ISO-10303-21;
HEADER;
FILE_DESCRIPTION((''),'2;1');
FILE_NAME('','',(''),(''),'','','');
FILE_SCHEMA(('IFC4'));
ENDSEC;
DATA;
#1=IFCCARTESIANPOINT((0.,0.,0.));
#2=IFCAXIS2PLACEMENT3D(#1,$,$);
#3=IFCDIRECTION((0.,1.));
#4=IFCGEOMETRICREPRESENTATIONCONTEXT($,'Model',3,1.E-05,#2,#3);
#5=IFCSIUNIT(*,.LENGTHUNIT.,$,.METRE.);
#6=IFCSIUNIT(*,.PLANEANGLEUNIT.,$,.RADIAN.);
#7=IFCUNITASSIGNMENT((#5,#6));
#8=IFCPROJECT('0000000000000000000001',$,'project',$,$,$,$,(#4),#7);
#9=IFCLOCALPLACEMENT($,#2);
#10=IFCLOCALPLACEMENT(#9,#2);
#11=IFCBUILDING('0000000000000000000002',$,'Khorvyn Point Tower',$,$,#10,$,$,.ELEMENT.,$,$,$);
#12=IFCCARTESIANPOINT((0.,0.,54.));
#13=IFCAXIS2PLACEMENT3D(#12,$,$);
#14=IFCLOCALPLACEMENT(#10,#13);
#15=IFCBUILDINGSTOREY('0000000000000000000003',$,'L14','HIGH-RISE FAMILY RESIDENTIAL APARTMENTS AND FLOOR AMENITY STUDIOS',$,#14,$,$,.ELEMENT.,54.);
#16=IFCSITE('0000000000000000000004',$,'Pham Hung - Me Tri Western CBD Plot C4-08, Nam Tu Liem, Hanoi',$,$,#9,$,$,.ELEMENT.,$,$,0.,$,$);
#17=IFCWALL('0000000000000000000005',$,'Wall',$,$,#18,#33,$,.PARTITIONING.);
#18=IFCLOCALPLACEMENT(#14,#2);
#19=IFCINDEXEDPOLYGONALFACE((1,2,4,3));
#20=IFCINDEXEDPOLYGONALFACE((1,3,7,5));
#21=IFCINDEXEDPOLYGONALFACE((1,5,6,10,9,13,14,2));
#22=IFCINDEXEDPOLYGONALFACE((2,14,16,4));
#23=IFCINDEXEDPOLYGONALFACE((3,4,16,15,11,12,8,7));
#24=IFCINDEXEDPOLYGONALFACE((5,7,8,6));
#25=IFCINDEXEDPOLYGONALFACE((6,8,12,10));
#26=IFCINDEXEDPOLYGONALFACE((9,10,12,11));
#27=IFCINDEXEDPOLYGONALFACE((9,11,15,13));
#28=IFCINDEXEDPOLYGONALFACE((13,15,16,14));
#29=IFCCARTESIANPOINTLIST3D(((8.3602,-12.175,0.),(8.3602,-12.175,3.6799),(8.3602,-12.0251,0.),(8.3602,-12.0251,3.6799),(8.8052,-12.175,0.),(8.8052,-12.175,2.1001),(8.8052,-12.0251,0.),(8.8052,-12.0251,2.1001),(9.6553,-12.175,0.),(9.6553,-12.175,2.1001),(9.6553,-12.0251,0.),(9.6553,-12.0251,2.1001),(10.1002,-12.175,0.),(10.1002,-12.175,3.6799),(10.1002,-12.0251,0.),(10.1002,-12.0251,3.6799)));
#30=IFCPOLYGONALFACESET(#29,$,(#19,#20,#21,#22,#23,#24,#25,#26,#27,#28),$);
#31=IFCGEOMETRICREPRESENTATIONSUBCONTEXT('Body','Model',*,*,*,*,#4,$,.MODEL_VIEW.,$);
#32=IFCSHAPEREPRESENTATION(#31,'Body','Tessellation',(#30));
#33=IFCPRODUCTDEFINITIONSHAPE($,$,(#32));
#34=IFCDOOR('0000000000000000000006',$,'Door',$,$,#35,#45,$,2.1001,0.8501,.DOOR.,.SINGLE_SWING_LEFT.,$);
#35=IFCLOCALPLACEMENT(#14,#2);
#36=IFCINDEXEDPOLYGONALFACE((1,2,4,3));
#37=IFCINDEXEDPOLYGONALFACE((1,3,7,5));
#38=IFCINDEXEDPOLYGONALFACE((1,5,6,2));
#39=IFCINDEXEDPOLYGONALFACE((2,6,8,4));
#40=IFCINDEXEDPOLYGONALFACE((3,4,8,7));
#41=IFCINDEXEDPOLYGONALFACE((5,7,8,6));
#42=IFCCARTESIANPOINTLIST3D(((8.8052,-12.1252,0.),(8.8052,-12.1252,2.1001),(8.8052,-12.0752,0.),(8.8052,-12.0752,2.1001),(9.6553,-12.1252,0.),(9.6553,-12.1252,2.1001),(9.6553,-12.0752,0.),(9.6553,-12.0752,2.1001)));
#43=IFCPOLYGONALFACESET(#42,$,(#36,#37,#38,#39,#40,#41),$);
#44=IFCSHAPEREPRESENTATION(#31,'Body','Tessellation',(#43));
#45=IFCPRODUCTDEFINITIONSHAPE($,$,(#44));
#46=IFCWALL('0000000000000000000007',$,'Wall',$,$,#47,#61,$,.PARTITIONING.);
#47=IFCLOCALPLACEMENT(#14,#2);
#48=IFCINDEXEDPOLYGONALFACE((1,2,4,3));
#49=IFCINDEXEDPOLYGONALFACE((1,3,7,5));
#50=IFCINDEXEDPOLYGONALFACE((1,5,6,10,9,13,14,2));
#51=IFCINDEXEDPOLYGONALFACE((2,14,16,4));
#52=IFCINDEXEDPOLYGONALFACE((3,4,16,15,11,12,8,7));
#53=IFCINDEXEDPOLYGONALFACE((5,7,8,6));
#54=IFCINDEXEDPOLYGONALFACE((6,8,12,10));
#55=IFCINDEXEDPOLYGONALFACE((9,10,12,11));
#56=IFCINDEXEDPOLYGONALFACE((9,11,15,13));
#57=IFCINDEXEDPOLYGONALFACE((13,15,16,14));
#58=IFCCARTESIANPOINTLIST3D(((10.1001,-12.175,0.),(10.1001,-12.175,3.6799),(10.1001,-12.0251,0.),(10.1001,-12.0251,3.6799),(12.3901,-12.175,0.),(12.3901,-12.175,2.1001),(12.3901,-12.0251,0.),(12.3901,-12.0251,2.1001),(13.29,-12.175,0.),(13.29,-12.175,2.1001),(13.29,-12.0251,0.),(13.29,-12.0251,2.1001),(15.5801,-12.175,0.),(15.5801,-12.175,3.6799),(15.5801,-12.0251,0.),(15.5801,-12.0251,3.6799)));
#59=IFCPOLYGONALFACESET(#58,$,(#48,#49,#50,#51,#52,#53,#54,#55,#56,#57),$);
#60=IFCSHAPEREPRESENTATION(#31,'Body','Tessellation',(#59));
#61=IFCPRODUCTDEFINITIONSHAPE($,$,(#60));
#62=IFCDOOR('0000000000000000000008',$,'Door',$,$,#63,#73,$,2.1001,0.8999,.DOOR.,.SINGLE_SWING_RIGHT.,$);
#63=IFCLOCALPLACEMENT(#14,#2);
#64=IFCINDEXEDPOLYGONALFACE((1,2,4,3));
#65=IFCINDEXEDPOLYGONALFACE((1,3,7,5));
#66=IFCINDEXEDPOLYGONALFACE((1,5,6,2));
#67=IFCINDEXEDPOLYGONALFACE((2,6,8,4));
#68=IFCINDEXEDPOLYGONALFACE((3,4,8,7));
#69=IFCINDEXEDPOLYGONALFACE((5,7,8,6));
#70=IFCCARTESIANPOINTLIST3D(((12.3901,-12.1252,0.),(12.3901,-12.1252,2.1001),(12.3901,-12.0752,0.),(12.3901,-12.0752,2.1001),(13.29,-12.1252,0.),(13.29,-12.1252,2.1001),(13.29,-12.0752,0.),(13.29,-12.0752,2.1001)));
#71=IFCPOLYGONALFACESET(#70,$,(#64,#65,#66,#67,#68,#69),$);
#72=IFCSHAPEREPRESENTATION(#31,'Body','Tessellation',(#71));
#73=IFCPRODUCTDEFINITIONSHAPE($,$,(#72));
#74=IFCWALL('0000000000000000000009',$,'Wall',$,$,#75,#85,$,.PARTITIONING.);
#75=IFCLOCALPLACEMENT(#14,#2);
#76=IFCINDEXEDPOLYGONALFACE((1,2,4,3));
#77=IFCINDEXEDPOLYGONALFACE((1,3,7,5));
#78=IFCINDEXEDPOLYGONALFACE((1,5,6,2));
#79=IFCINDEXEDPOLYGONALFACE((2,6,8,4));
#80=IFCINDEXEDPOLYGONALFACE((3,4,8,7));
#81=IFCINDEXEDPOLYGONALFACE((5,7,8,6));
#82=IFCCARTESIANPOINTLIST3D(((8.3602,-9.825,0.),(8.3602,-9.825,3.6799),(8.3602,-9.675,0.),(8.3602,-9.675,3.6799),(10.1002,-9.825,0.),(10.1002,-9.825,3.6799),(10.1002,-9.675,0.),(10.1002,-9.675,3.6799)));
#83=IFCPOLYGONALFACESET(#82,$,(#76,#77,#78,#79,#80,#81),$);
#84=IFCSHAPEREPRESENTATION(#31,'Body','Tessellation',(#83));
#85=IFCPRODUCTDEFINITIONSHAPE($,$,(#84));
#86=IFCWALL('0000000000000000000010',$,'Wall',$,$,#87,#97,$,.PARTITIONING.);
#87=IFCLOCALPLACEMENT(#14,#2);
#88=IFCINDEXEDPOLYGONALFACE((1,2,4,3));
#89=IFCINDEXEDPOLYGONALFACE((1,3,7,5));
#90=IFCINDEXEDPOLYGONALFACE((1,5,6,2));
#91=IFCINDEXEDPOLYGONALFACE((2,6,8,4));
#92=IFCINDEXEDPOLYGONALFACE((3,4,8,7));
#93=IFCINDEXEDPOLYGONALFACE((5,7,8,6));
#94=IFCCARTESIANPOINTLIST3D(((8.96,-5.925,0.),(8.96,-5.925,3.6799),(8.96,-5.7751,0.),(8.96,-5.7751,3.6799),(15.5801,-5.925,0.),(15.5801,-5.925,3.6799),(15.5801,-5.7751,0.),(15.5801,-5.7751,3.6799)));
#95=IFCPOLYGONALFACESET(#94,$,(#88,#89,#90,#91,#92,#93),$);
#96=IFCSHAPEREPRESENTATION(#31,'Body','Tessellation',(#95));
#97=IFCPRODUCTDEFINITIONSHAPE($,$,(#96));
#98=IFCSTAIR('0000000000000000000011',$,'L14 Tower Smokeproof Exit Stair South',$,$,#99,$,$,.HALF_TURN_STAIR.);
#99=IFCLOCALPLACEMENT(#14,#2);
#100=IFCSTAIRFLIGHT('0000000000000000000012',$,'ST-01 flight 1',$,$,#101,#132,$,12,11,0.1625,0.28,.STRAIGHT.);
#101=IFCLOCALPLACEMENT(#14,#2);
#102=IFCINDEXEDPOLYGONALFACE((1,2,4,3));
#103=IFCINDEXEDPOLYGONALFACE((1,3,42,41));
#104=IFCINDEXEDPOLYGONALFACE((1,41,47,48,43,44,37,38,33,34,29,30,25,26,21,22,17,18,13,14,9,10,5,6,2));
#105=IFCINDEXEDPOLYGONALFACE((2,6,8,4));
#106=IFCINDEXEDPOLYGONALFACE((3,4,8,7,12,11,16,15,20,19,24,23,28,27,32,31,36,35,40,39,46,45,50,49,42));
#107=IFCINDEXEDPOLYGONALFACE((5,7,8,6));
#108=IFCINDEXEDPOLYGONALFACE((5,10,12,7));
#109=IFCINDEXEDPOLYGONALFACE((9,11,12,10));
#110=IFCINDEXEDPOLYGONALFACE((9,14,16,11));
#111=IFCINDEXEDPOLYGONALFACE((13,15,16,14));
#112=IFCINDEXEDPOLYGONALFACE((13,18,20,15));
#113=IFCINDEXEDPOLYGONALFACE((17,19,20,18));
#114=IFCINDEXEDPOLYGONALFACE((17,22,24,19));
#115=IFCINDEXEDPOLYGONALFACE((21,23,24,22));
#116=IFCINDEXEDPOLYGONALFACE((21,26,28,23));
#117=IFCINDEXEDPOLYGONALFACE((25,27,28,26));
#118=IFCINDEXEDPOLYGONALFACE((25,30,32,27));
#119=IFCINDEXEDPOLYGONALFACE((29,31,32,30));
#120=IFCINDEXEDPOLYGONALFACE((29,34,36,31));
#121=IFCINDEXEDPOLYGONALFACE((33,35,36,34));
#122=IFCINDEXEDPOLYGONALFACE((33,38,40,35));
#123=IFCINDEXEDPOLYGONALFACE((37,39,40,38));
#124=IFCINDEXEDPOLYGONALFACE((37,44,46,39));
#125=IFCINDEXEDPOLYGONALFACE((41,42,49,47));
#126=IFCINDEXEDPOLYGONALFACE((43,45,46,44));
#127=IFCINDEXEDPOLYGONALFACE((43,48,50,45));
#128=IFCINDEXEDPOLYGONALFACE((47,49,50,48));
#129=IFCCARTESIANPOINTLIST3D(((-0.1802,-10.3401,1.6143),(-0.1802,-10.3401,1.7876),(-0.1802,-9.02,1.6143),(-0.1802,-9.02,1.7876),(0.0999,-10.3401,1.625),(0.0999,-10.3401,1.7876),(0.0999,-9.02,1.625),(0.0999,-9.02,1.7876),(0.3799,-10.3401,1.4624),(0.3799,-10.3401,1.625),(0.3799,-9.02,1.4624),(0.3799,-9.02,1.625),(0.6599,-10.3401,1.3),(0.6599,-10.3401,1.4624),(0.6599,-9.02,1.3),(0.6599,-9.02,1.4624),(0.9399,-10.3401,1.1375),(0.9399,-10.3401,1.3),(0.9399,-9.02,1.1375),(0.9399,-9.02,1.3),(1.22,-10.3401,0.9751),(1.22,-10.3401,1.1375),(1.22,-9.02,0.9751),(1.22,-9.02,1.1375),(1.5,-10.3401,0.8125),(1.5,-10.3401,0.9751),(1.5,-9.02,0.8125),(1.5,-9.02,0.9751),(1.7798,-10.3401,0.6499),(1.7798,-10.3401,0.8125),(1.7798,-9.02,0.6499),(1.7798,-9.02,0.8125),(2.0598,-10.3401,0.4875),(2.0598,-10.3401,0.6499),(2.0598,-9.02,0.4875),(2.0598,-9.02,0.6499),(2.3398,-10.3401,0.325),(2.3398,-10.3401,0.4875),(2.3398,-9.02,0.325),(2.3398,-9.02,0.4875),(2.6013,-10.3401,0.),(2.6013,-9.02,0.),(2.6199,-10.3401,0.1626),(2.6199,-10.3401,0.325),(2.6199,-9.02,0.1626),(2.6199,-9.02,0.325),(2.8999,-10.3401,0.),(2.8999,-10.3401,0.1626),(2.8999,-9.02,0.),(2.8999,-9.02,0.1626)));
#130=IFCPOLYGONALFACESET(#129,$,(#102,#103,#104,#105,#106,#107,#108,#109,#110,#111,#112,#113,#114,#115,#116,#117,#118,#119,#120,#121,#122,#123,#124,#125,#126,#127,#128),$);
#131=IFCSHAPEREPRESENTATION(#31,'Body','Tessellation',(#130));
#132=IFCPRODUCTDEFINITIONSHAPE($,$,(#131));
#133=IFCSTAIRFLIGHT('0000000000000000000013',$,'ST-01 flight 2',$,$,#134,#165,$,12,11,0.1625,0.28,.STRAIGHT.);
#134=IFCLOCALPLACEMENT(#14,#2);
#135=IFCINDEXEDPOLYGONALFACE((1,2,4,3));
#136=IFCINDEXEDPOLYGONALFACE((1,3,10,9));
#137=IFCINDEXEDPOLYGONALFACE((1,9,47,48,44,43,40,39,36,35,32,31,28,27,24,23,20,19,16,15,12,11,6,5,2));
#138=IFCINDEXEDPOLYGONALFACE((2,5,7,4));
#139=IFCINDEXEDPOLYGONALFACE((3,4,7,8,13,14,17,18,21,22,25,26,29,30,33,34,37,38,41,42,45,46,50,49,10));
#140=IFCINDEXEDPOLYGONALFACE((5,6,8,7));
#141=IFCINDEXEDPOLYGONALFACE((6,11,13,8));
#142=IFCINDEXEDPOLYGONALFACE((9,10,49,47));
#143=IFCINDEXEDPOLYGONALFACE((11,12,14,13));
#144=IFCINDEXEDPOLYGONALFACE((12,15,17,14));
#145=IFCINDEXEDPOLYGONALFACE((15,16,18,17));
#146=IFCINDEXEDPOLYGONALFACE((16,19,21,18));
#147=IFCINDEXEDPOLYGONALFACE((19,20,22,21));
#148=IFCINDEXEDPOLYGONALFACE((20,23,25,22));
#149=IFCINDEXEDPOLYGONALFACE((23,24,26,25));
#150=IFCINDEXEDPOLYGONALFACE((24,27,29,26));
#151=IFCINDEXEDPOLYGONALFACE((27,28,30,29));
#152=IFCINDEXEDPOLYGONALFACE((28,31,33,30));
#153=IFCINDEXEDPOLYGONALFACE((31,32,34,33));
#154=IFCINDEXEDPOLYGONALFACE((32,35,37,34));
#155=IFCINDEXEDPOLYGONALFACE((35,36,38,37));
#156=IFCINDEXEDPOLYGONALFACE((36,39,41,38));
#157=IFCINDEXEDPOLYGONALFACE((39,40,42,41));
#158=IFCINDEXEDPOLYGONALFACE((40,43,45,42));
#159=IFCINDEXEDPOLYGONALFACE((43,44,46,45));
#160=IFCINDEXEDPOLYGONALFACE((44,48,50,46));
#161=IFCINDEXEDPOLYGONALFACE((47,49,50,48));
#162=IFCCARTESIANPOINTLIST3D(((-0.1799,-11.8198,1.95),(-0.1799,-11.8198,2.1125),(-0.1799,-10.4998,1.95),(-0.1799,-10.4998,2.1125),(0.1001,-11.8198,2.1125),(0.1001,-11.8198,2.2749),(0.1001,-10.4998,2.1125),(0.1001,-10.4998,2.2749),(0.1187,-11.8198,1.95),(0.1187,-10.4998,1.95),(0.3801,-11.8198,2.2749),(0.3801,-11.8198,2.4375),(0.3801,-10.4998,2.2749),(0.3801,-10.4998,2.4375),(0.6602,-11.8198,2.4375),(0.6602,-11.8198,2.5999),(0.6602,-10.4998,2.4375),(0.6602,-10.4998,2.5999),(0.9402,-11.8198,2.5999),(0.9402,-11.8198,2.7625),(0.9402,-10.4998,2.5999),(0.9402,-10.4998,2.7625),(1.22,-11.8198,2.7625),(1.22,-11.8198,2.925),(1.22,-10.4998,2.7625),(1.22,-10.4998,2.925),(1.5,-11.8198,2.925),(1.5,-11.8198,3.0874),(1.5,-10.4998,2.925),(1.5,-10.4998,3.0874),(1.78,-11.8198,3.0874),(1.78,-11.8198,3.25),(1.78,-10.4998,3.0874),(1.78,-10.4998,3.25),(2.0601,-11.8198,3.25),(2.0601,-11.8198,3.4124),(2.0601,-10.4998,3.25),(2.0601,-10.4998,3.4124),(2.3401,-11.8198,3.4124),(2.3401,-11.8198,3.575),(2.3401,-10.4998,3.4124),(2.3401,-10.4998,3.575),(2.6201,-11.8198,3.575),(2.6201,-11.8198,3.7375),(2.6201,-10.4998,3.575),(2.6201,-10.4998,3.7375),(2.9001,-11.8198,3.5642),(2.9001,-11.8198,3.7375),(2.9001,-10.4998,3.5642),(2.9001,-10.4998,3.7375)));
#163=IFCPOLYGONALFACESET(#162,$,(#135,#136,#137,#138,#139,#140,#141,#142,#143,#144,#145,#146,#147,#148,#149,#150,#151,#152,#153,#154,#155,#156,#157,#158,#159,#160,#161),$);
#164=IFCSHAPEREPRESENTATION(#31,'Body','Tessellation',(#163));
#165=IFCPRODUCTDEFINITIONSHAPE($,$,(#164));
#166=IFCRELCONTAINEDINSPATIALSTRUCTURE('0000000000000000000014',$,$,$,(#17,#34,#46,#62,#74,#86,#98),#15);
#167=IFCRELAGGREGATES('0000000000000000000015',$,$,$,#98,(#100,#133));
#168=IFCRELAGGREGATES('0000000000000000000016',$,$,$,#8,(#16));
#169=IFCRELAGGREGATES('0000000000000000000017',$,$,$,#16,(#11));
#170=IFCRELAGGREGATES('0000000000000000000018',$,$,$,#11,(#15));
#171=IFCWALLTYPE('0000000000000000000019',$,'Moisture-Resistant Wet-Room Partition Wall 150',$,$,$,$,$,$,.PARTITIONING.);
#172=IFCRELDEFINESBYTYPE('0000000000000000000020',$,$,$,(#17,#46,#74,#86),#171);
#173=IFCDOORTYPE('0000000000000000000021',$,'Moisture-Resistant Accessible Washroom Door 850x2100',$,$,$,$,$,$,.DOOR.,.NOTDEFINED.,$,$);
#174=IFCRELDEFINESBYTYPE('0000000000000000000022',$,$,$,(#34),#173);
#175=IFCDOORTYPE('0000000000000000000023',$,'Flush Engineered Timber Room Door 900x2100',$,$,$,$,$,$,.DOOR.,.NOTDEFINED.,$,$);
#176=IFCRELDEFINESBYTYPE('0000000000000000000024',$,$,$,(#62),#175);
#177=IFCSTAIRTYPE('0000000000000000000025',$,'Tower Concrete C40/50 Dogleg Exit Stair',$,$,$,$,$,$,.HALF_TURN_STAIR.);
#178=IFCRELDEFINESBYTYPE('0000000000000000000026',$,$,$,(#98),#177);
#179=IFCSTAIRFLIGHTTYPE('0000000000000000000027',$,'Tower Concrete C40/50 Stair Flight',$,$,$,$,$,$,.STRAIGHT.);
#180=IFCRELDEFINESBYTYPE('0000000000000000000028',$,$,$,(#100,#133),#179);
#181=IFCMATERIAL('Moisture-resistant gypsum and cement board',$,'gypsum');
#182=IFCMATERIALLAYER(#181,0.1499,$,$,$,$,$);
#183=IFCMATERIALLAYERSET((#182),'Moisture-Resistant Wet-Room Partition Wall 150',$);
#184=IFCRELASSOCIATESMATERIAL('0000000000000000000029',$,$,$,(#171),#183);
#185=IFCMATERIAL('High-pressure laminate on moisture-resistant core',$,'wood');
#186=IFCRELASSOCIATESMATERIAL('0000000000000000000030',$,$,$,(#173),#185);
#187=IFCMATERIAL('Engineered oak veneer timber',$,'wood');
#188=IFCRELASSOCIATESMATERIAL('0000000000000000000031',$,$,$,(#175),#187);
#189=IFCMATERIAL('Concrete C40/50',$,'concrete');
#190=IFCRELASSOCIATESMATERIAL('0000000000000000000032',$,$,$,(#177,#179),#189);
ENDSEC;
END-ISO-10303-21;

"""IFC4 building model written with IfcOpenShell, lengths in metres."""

from ifc_helpers import new_model, si_unit, direction, frame, frame_2d, origin, place, context, subcontext, project, spatial, polyline, rectangle, outline, extrude, material, layer, layer_set, type_object, element, fill, aggregate, save


model = new_model("IFC4")

# Units and contexts
model_context = context("Model", 3, precision=1e-05, world=origin(), true_north=direction((0.0, 1.0)))
body_context = subcontext(model_context, "Body", "Model", "MODEL_VIEW")
ifc_project = project(units=[si_unit("LENGTHUNIT", "METRE"), si_unit("PLANEANGLEUNIT", "RADIAN")], contexts=[model_context])

# Site, building, storey
site_placement = place(None, origin())
site = spatial("IfcSite", under=ifc_project, at=site_placement, Name="Pham Hung - Me Tri Western CBD Plot C4-08, Nam Tu Liem, Hanoi", CompositionType="ELEMENT", RefElevation=0.0)
building_placement = place(site_placement, origin())
building = spatial("IfcBuilding", under=site, at=building_placement, Name="Khorvyn Point Tower", CompositionType="ELEMENT")
storey_placement = place(building_placement, frame((0.0, 0.0, 54.0)))
storey = spatial("IfcBuildingStorey", under=building, at=storey_placement, Name="L14", Description="HIGH-RISE FAMILY RESIDENTIAL APARTMENTS AND FLOOR AMENITY STUDIOS", CompositionType="ELEMENT", Elevation=54.0)

# Shared definitions
ifc_material_1 = material(Name="Concrete C40/50", Category="concrete")

# Walls, openings, doors
ifc_material_2 = material(Name="Moisture-resistant gypsum and cement board", Category="gypsum")
ifc_layer_1 = layer(ifc_material_2, 0.1499)
ifc_layer_set_1 = layer_set([ifc_layer_1], Name="Moisture-Resistant Wet-Room Partition Wall 150")
wall_type_1 = type_object("IfcWallType", Name="Moisture-Resistant Wet-Room Partition Wall 150", PredefinedType="PARTITIONING", material=ifc_layer_set_1)
wall_1_placement = place(storey_placement, frame((8.3601, -12.1001, 0.0), z_axis=(0.0, 0.0, 1.0), x_axis=(1.0, 0.0, 0.0)))
wall_1 = element("IfcWall", 1, at=wall_1_placement, inside=storey, type_object=wall_type_1, Name="Wall", PredefinedType="PARTITIONING", context=body_context, shape_type="SweptSolid", body=[
    extrude(rectangle(XDim=1.74, YDim=0.1499, at=frame_2d((0.8701, 0.0))), origin(), (0.0, 0.0, 1.0), 3.6799),
])
opening_1_placement = place(wall_1_placement, frame((0.4451, 0.0, 0.0)))
opening_1 = element("IfcOpeningElement", 2, at=opening_1_placement, cuts=wall_1, PredefinedType="OPENING", context=body_context, shape_type="SweptSolid", body=[
    extrude(rectangle(XDim=0.8501, YDim=2.1001, at=frame_2d((0.425, 1.05))), frame((0.0, 0.085, 0.0), z_axis=(0.0, -1.0, 0.0), x_axis=(1.0, 0.0, 0.0)), (0.0, 0.0, 1.0), 0.1699),
])
ifc_material_3 = material(Name="High-pressure laminate on moisture-resistant core", Category="wood")
door_type_1 = type_object("IfcDoorType", Name="Moisture-Resistant Accessible Washroom Door 850x2100", OperationType="NOTDEFINED", PredefinedType="DOOR", material=ifc_material_3)
door_1_placement = place(opening_1_placement, origin())
door_1 = element("IfcDoor", 3, at=door_1_placement, inside=storey, type_object=door_type_1, Name="Door", OperationType="SINGLE_SWING_LEFT", OverallHeight=2.1001, OverallWidth=0.8501, PredefinedType="DOOR", context=body_context, shape_type="SweptSolid", body=[
    extrude(rectangle(XDim=0.8501, YDim=2.1001, at=frame_2d((0.425, 1.05))), frame((0.0, 0.0249, 0.0), z_axis=(0.0, -1.0, 0.0), x_axis=(1.0, 0.0, 0.0)), (0.0, 0.0, 1.0), 0.05),
])
fill(opening_1, door_1)
wall_2_placement = place(storey_placement, frame((10.1001, -12.1001, 0.0), z_axis=(0.0, 0.0, 1.0), x_axis=(1.0, 0.0, 0.0)))
wall_2 = element("IfcWall", 4, at=wall_2_placement, inside=storey, type_object=wall_type_1, Name="Wall", PredefinedType="PARTITIONING", context=body_context, shape_type="SweptSolid", body=[
    extrude(rectangle(XDim=5.48, YDim=0.1499, at=frame_2d((2.74, 0.0))), origin(), (0.0, 0.0, 1.0), 3.6799),
])
opening_2_placement = place(wall_2_placement, frame((2.29, 0.0, 0.0)))
opening_2 = element("IfcOpeningElement", 5, at=opening_2_placement, cuts=wall_2, PredefinedType="OPENING", context=body_context, shape_type="SweptSolid", body=[
    extrude(rectangle(XDim=0.8999, YDim=2.1001, at=frame_2d((0.45, 1.05))), frame((0.0, 0.085, 0.0), z_axis=(0.0, -1.0, 0.0), x_axis=(1.0, 0.0, 0.0)), (0.0, 0.0, 1.0), 0.1699),
])
ifc_material_4 = material(Name="Engineered oak veneer timber", Category="wood")
door_type_2 = type_object("IfcDoorType", Name="Flush Engineered Timber Room Door 900x2100", OperationType="NOTDEFINED", PredefinedType="DOOR", material=ifc_material_4)
door_2_placement = place(opening_2_placement, origin())
door_2 = element("IfcDoor", 6, at=door_2_placement, inside=storey, type_object=door_type_2, Name="Door", OperationType="SINGLE_SWING_RIGHT", OverallHeight=2.1001, OverallWidth=0.8999, PredefinedType="DOOR", context=body_context, shape_type="SweptSolid", body=[
    extrude(rectangle(XDim=0.8999, YDim=2.1001, at=frame_2d((0.45, 1.05))), frame((0.0, 0.0249, 0.0), z_axis=(0.0, -1.0, 0.0), x_axis=(1.0, 0.0, 0.0)), (0.0, 0.0, 1.0), 0.05),
])
fill(opening_2, door_2)

# Walls
wall_3_placement = place(storey_placement, frame((8.3601, -9.75, 0.0), z_axis=(0.0, 0.0, 1.0), x_axis=(1.0, 0.0, 0.0)))
element("IfcWall", 7, at=wall_3_placement, inside=storey, type_object=wall_type_1, Name="Wall", PredefinedType="PARTITIONING", context=body_context, shape_type="SweptSolid", body=[
    extrude(rectangle(XDim=1.74, YDim=0.1499, at=frame_2d((0.8701, 0.0))), origin(), (0.0, 0.0, 1.0), 3.6799),
])
wall_4_placement = place(storey_placement, frame((8.96, -5.8501, 0.0), z_axis=(0.0, 0.0, 1.0), x_axis=(1.0, 0.0, 0.0)))
element("IfcWall", 8, at=wall_4_placement, inside=storey, type_object=wall_type_1, Name="Wall", PredefinedType="PARTITIONING", context=body_context, shape_type="SweptSolid", body=[
    extrude(rectangle(XDim=6.6201, YDim=0.1499, at=frame_2d((3.3101, 0.0))), origin(), (0.0, 0.0, 1.0), 3.6799),
])

# Stair, stair flights
stair_type = type_object("IfcStairType", Name="Tower Concrete C40/50 Dogleg Exit Stair", PredefinedType="HALF_TURN_STAIR", material=ifc_material_1)
stair_placement = place(storey_placement, origin())
stair = element("IfcStair", 9, at=stair_placement, inside=storey, type_object=stair_type, Name="L14 Tower Smokeproof Exit Stair South", PredefinedType="HALF_TURN_STAIR")
stair_flight_type = type_object("IfcStairFlightType", Name="Tower Concrete C40/50 Stair Flight", PredefinedType="STRAIGHT", material=ifc_material_1)
stair_flight_1_placement = place(storey_placement, frame((2.8999, -9.6799, 0.0), z_axis=(0.0, 0.0, 1.0), x_axis=(-1.0, 0.0, 0.0)))
stair_flight_1 = element("IfcStairFlight", 10, at=stair_flight_1_placement, type_object=stair_flight_type, Name="ST-01 flight 1", NumberOfRisers=12, NumberOfTreads=11, PredefinedType="STRAIGHT", RiserHeight=0.1625, TreadLength=0.28, context=body_context, shape_type="SweptSolid", body=[
    extrude(outline(polyline([(0.0, 0.0), (0.0, 0.1626), (0.28, 0.1626), (0.28, 0.325), (0.5601, 0.325), (0.5601, 0.4875), (0.8401, 0.4875), (0.8401, 0.6499), (1.1201, 0.6499), (1.1201, 0.8125), (1.3999, 0.8125), (1.3999, 0.9751), (1.6799, 0.9751), (1.6799, 1.1375), (1.96, 1.1375), (1.96, 1.3), (2.24, 1.3), (2.24, 1.4624), (2.52, 1.4624), (2.52, 1.625), (2.8, 1.625), (2.8, 1.7876), (3.0801, 1.7876), (3.0801, 1.95), (3.0801, 1.6143), (0.2986, 0.0), (0.0, 0.0)])), frame((0.0, 0.6602, 0.0), z_axis=(0.0, -1.0, 0.0), x_axis=(1.0, 0.0, 0.0)), (0.0, 0.0, 1.0), 1.3201),
])
stair_flight_2_placement = place(storey_placement, frame((-0.1799, -11.1599, 1.95), z_axis=(0.0, 0.0, 1.0), x_axis=(1.0, 0.0, 0.0)))
stair_flight_2 = element("IfcStairFlight", 11, at=stair_flight_2_placement, type_object=stair_flight_type, Name="ST-01 flight 2", NumberOfRisers=12, NumberOfTreads=11, PredefinedType="STRAIGHT", RiserHeight=0.1625, TreadLength=0.28, context=body_context, shape_type="SweptSolid", body=[
    extrude(outline(polyline([(0.0, 0.0), (0.0, 0.1626), (0.28, 0.1626), (0.28, 0.325), (0.5601, 0.325), (0.5601, 0.4875), (0.8401, 0.4875), (0.8401, 0.6499), (1.1201, 0.6499), (1.1201, 0.8125), (1.3999, 0.8125), (1.3999, 0.9751), (1.6799, 0.9751), (1.6799, 1.1375), (1.96, 1.1375), (1.96, 1.3), (2.24, 1.3), (2.24, 1.4624), (2.52, 1.4624), (2.52, 1.625), (2.8, 1.625), (2.8, 1.7876), (3.0801, 1.7876), (3.0801, 1.95), (3.0801, 1.6143), (0.2986, 0.0), (0.0, 0.0)])), frame((0.0, 0.6602, 0.0), z_axis=(0.0, -1.0, 0.0), x_axis=(1.0, 0.0, 0.0)), (0.0, 0.0, 1.0), 1.3201),
])
aggregate(stair, [stair_flight_1, stair_flight_2])

save(model, "model.ifc")
